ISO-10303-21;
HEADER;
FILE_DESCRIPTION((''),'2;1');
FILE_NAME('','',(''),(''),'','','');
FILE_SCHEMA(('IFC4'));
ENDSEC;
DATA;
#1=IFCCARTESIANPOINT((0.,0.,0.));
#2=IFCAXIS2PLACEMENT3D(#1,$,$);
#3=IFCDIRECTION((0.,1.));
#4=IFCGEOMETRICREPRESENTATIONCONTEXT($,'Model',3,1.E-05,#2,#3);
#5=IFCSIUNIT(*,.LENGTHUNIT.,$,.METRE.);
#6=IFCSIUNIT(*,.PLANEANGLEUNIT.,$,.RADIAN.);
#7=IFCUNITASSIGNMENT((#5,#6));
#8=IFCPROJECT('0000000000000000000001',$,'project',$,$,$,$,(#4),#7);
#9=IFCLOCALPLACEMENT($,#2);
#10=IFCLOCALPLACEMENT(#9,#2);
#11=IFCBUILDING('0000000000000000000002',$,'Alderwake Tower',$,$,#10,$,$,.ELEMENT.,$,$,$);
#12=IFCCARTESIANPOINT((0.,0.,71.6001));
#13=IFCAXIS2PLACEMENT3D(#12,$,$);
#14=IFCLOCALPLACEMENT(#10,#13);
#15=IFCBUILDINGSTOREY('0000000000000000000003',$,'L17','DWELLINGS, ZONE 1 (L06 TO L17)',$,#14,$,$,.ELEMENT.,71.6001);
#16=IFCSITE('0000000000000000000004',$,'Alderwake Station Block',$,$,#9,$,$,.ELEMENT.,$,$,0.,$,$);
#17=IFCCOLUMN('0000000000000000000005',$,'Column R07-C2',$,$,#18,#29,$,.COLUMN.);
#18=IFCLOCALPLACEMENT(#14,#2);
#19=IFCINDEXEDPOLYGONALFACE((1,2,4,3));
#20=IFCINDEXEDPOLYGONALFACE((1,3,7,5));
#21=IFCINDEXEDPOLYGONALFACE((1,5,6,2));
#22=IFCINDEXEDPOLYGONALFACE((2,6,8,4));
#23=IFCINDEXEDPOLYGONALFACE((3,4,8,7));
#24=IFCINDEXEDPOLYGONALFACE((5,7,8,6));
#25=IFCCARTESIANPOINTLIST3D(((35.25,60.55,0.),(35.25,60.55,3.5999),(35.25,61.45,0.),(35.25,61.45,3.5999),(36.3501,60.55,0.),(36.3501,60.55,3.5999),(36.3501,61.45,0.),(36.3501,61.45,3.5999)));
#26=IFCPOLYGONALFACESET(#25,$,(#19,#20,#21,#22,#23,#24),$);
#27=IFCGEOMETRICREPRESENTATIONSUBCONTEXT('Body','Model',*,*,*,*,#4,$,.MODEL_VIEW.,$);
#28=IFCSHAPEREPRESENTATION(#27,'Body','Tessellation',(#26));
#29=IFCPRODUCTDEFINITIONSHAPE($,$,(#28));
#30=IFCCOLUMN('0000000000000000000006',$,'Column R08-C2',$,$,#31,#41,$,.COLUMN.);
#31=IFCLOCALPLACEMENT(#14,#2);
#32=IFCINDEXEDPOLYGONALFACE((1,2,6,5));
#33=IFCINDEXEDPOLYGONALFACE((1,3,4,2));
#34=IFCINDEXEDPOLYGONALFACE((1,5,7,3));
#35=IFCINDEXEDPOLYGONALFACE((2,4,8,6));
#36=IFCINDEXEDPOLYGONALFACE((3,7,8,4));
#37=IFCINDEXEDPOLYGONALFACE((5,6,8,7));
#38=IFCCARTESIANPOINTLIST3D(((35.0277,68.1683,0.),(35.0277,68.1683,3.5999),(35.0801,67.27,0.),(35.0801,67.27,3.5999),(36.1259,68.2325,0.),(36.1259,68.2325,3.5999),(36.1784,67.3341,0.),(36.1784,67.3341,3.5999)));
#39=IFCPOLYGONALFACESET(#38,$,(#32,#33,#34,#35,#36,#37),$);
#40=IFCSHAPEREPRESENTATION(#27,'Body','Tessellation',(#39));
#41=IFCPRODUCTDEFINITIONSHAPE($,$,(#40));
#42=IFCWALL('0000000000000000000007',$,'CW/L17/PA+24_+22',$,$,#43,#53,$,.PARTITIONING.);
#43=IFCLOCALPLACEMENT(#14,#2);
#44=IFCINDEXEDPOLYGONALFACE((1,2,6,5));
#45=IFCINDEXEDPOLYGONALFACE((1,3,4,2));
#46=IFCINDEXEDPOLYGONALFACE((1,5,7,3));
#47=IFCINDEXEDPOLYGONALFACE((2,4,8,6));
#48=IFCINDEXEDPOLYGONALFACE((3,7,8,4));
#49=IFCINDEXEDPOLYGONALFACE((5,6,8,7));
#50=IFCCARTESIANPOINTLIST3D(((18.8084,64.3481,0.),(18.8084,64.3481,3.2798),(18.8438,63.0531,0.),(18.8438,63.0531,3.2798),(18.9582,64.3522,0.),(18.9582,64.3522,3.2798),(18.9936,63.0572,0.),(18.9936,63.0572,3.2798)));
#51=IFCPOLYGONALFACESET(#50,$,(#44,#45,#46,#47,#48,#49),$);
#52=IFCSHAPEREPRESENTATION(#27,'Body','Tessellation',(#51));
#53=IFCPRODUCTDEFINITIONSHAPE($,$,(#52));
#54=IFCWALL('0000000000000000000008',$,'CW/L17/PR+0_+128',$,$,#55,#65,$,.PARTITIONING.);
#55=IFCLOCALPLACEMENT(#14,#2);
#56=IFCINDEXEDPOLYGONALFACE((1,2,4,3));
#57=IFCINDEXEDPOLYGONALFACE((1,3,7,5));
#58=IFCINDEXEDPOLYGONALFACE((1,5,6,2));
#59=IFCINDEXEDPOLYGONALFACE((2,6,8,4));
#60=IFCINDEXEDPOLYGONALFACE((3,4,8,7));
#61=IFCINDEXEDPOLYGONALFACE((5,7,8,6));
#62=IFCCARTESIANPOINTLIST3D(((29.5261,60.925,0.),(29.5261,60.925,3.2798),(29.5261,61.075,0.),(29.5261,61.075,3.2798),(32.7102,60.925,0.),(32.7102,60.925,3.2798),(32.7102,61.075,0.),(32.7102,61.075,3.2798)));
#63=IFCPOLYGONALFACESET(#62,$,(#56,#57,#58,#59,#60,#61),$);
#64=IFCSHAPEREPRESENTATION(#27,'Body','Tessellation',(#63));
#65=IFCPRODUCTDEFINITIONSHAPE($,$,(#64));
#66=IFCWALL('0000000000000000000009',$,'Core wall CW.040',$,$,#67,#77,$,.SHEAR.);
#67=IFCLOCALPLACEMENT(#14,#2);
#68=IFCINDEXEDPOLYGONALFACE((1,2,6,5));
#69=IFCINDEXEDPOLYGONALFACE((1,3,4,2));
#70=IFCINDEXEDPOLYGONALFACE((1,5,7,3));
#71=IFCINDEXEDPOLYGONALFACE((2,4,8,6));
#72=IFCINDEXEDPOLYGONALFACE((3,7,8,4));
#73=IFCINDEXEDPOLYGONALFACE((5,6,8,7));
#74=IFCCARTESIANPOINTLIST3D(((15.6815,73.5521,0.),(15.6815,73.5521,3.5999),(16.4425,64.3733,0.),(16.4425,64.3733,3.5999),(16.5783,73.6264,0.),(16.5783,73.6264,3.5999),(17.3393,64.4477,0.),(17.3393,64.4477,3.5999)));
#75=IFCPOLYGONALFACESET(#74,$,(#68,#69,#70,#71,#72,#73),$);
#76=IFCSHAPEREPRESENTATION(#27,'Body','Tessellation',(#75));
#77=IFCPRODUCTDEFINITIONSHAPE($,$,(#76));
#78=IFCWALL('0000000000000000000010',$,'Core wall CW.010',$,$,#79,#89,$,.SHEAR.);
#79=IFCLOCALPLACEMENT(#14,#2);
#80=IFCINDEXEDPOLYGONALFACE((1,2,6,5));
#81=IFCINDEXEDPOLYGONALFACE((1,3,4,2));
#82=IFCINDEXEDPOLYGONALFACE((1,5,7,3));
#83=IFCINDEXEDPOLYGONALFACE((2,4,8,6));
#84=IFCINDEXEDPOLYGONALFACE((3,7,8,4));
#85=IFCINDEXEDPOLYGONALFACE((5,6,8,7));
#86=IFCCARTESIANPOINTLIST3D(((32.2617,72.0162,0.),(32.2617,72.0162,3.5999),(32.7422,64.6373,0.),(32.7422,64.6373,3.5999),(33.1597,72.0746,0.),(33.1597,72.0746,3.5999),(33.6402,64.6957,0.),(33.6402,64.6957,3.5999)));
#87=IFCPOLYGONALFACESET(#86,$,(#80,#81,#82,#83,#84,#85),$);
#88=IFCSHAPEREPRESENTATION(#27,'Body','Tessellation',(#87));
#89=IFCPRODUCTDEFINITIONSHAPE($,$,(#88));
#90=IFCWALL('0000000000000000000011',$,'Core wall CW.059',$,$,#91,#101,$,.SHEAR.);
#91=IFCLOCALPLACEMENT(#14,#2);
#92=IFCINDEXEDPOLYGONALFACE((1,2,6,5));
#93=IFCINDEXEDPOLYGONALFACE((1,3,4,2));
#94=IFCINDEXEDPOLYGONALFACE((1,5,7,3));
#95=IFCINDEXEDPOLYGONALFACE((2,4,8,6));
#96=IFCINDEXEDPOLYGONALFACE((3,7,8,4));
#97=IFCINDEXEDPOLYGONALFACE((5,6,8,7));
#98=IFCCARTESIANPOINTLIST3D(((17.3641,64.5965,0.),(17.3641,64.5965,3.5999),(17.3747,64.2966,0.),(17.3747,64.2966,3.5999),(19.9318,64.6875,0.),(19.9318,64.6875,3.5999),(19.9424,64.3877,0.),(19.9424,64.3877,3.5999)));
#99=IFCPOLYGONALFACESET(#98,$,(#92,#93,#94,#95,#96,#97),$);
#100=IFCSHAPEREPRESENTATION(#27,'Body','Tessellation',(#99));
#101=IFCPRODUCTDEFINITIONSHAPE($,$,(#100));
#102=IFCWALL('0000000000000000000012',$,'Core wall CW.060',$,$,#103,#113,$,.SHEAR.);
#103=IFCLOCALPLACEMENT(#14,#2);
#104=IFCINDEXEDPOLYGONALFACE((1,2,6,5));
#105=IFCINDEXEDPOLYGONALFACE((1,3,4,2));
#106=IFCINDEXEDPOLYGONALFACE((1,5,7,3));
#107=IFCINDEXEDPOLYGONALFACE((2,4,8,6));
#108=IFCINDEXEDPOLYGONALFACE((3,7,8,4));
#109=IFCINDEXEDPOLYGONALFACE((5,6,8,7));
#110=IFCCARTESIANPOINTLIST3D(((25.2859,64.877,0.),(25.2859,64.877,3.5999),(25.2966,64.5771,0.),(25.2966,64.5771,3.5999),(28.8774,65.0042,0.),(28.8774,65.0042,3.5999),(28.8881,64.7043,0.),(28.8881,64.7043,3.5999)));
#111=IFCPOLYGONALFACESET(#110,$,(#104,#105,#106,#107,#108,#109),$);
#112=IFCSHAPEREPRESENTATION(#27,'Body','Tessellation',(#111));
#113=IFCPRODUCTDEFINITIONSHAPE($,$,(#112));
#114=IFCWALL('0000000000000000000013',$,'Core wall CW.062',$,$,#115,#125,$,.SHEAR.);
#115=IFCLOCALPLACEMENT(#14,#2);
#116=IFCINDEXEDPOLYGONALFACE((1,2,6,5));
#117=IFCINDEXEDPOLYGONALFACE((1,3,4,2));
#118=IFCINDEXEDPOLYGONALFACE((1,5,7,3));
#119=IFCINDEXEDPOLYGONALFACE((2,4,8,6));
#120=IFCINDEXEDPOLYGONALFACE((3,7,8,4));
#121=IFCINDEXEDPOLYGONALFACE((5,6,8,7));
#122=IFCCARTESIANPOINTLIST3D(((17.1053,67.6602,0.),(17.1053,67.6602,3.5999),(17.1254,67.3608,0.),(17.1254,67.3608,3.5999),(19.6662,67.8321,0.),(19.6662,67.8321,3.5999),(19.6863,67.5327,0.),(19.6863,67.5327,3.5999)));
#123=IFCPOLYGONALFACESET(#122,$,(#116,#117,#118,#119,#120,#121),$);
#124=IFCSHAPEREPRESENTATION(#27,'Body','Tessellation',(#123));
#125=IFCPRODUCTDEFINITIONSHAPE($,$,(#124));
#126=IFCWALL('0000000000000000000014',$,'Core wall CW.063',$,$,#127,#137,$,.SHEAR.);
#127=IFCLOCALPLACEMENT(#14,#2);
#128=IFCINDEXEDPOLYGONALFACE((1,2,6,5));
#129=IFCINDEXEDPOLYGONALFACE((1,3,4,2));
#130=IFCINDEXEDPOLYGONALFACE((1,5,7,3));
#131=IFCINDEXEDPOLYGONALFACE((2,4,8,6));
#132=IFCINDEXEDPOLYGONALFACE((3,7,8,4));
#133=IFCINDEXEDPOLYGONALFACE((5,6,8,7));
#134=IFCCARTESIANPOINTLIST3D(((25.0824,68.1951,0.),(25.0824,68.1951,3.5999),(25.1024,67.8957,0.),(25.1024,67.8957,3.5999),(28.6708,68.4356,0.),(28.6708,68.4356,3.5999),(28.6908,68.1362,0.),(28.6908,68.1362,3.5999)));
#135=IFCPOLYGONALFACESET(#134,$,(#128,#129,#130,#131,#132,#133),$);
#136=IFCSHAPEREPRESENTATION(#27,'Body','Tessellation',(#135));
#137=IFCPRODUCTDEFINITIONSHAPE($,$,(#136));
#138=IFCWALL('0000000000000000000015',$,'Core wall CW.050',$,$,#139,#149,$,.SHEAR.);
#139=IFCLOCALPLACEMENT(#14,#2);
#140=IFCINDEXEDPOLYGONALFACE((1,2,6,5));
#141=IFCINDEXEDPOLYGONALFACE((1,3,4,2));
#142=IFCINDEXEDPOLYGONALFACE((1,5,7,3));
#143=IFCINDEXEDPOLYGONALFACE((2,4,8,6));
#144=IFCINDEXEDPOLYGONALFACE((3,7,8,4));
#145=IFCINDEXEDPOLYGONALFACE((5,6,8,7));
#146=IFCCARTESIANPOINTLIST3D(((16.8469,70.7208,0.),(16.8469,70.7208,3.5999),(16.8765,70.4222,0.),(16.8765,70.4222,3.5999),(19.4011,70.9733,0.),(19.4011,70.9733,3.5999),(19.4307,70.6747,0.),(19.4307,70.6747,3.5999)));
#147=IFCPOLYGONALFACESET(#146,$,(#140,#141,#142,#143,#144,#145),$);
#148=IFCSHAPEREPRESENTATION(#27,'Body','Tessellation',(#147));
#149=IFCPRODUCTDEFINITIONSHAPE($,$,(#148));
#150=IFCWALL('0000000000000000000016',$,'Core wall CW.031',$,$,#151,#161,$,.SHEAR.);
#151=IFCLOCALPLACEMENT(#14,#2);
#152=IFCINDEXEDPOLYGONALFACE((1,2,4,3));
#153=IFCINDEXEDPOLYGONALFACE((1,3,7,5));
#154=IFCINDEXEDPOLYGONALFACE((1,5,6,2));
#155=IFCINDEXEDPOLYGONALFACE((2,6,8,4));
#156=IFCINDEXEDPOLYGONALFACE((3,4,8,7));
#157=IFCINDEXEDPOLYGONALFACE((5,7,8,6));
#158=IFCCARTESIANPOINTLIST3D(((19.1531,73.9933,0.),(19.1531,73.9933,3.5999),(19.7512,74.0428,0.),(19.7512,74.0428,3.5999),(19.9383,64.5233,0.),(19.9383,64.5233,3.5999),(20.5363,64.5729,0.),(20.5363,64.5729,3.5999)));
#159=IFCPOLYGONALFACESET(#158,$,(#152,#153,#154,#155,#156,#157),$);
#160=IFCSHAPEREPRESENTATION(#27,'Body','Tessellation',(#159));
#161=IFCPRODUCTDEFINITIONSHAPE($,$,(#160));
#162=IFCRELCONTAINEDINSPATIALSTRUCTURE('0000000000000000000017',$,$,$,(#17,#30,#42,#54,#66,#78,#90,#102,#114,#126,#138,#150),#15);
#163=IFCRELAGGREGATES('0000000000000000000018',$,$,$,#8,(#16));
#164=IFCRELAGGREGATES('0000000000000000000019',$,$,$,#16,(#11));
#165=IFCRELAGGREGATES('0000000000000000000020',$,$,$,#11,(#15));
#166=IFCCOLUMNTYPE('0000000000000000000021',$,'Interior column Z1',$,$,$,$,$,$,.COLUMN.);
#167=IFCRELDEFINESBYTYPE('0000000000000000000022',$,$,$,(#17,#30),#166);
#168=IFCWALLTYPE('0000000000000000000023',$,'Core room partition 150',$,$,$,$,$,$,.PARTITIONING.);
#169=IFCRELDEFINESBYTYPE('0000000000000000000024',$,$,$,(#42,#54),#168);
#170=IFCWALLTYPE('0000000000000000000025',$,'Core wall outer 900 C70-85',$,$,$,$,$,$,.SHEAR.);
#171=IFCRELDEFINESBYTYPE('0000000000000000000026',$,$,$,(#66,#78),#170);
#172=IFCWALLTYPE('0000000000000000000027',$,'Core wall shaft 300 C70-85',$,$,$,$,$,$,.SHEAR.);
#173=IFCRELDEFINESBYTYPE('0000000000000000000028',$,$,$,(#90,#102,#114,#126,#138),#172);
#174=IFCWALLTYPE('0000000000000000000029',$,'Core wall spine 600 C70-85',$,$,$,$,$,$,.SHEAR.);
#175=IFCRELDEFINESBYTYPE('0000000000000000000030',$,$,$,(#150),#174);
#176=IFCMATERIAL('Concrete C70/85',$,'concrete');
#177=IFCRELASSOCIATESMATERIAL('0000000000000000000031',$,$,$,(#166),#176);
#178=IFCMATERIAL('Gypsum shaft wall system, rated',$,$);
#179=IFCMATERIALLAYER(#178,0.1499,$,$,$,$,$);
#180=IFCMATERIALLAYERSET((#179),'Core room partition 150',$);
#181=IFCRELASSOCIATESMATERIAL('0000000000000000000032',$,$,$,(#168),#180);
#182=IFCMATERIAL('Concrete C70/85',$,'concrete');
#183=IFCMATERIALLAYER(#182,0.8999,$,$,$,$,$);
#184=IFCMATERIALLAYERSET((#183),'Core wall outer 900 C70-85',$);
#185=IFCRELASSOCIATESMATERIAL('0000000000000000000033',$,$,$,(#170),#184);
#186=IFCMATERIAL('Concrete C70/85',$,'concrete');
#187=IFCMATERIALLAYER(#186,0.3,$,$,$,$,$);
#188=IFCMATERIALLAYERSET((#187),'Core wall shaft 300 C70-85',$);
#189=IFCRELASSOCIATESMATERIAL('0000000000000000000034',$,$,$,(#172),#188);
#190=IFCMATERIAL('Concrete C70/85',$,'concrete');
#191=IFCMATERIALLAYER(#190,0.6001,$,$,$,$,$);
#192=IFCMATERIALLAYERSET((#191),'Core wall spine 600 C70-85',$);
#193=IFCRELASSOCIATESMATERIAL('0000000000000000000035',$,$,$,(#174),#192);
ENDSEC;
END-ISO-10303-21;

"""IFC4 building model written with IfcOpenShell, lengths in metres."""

from ifc_helpers import new_model, si_unit, direction, frame, frame_2d, origin, origin_2d, place, context, subcontext, project, spatial, rectangle, extrude, material, layer, layer_set, material_profile, profile_set, type_object, element, save


model = new_model("IFC4")

# Units and contexts
model_context = context("Model", 3, precision=1e-05, world=origin(), true_north=direction((0.0, 1.0)))
body_context = subcontext(model_context, "Body", "Model", "MODEL_VIEW")
ifc_project = project(units=[si_unit("LENGTHUNIT", "METRE"), si_unit("PLANEANGLEUNIT", "RADIAN")], contexts=[model_context])

# Site, building, storey
site_placement = place(None, origin())
site = spatial("IfcSite", under=ifc_project, at=site_placement, Name="Alderwake Station Block", CompositionType="ELEMENT", RefElevation=0.0)
building_placement = place(site_placement, origin())
building = spatial("IfcBuilding", under=site, at=building_placement, Name="Alderwake Tower", CompositionType="ELEMENT")
storey_placement = place(building_placement, frame((0.0, 0.0, 71.6001)))
storey = spatial("IfcBuildingStorey", under=building, at=storey_placement, Name="L17", Description="DWELLINGS, ZONE 1 (L06 TO L17)", CompositionType="ELEMENT", Elevation=71.6001)

# Columns
ifc_material_1 = material(Name="Concrete C70/85", Category="concrete")
ifc_material_profile = material_profile(ifc_material_1, rectangle(XDim=0.8999, YDim=1.1001, at=origin_2d()), Name="RC 1100X900")
ifc_profile_set = profile_set([ifc_material_profile], Name="Concrete C70/85")
column_type = type_object("IfcColumnType", Name="Interior column Z1", PredefinedType="COLUMN", material=ifc_profile_set)
for number, where, z_axis, x_axis, name in (
    (1, (35.8, 61.0, 0.0), (0.0, 0.0, 1.0), (0.0, 1.0, 0.0), "Column R07-C2"),
    (2, (35.603, 67.7512, 0.0), (0.0, 0.0, 1.0), (-0.058301, 0.998299, 0.0), "Column R08-C2"),
):
    element("IfcColumn", number, at=place(storey_placement, frame(where, z_axis=z_axis, x_axis=x_axis)), inside=storey, type_object=column_type, Name=name, PredefinedType="COLUMN", context=body_context, shape_type="SweptSolid", body=[
        extrude(rectangle(XDim=0.8999, YDim=1.1001, at=origin_2d()), origin(), (0.0, 0.0, 1.0), 3.5999),
    ])

# Walls
ifc_material_2 = material(Name="Gypsum shaft wall system, rated")
ifc_layer_1 = layer(ifc_material_2, 0.1499)
ifc_layer_set_1 = layer_set([ifc_layer_1], Name="Core room partition 150")
wall_type_1 = type_object("IfcWallType", Name="Core room partition 150", PredefinedType="PARTITIONING", material=ifc_layer_set_1)
wall_1_placement = place(storey_placement, frame((18.9187, 63.0552, 0.0), z_axis=(0.0, 0.0, 1.0), x_axis=(-0.027328, 0.999627, 0.0)))
element("IfcWall", 3, at=wall_1_placement, inside=storey, type_object=wall_type_1, Name="CW/L17/PA+24_+22", PredefinedType="PARTITIONING", context=body_context, shape_type="SweptSolid", body=[
    extrude(rectangle(XDim=1.2954, YDim=0.1499, at=frame_2d((0.6477, 0.0))), origin(), (0.0, 0.0, 1.0), 3.2798),
])
wall_2_placement = place(storey_placement, frame((29.5261, 61.0, 0.0), z_axis=(0.0, 0.0, 1.0), x_axis=(1.0, 0.0, 0.0)))
element("IfcWall", 4, at=wall_2_placement, inside=storey, type_object=wall_type_1, Name="CW/L17/PR+0_+128", PredefinedType="PARTITIONING", context=body_context, shape_type="SweptSolid", body=[
    extrude(rectangle(XDim=3.1841, YDim=0.1499, at=frame_2d((1.592, 0.0))), origin(), (0.0, 0.0, 1.0), 3.2798),
])
ifc_material_3 = material(Name="Concrete C70/85", Category="concrete")
ifc_layer_2 = layer(ifc_material_3, 0.8999)
ifc_layer_set_2 = layer_set([ifc_layer_2], Name="Core wall outer 900 C70-85")
wall_type_2 = type_object("IfcWallType", Name="Core wall outer 900 C70-85", PredefinedType="SHEAR", material=ifc_layer_set_2)
wall_3_placement = place(storey_placement, frame((16.8909, 64.4106, 0.0), z_axis=(0.0, 0.0, 1.0), x_axis=(-0.082624, 0.996581, 0.0)))
element("IfcWall", 5, at=wall_3_placement, inside=storey, type_object=wall_type_2, Name="Core wall CW.040", PredefinedType="SHEAR", context=body_context, shape_type="SweptSolid", body=[
    extrude(rectangle(XDim=9.2102, YDim=0.8999, at=frame_2d((4.605, 0.0))), origin(), (0.0, 0.0, 1.0), 3.5999),
])
wall_4_placement = place(storey_placement, frame((33.1912, 64.6665, 0.0), z_axis=(0.0, 0.0, 1.0), x_axis=(-0.064976, 0.997887, 0.0)))
element("IfcWall", 6, at=wall_4_placement, inside=storey, type_object=wall_type_2, Name="Core wall CW.010", PredefinedType="SHEAR", context=body_context, shape_type="SweptSolid", body=[
    extrude(rectangle(XDim=7.3945, YDim=0.8999, at=frame_2d((3.6973, 0.0))), origin(), (0.0, 0.0, 1.0), 3.5999),
])
ifc_material_4 = material(Name="Concrete C70/85", Category="concrete")
ifc_layer_3 = layer(ifc_material_4, 0.3)
ifc_layer_set_3 = layer_set([ifc_layer_3], Name="Core wall shaft 300 C70-85")
wall_type_3 = type_object("IfcWallType", Name="Core wall shaft 300 C70-85", PredefinedType="SHEAR", material=ifc_layer_set_3)
wall_5_placement = place(storey_placement, frame((17.3694, 64.4465, 0.0), z_axis=(0.0, 0.0, 1.0), x_axis=(0.999372, 0.035444, 0.0)))
element("IfcWall", 7, at=wall_5_placement, inside=storey, type_object=wall_type_3, Name="Core wall CW.059", PredefinedType="SHEAR", context=body_context, shape_type="SweptSolid", body=[
    extrude(rectangle(XDim=2.5693, YDim=0.3, at=frame_2d((1.2847, 0.0))), origin(), (0.0, 0.0, 1.0), 3.5999),
])
wall_6_placement = place(storey_placement, frame((25.2913, 64.7271, 0.0), z_axis=(0.0, 0.0, 1.0), x_axis=(0.999373, 0.035393, 0.0)))
element("IfcWall", 8, at=wall_6_placement, inside=storey, type_object=wall_type_3, Name="Core wall CW.060", PredefinedType="SHEAR", context=body_context, shape_type="SweptSolid", body=[
    extrude(rectangle(XDim=3.5938, YDim=0.3, at=frame_2d((1.7969, 0.0))), origin(), (0.0, 0.0, 1.0), 3.5999),
])
wall_7_placement = place(storey_placement, frame((17.1155, 67.5105, 0.0), z_axis=(0.0, 0.0, 1.0), x_axis=(0.997755, 0.066967, 0.0)))
element("IfcWall", 9, at=wall_7_placement, inside=storey, type_object=wall_type_3, Name="Core wall CW.062", PredefinedType="SHEAR", context=body_context, shape_type="SweptSolid", body=[
    extrude(rectangle(XDim=2.5667, YDim=0.3, at=frame_2d((1.2832, 0.0))), origin(), (0.0, 0.0, 1.0), 3.5999),
])
wall_8_placement = place(storey_placement, frame((25.0923, 68.0454, 0.0), z_axis=(0.0, 0.0, 1.0), x_axis=(0.997762, 0.066866, 0.0)))
element("IfcWall", 10, at=wall_8_placement, inside=storey, type_object=wall_type_3, Name="Core wall CW.063", PredefinedType="SHEAR", context=body_context, shape_type="SweptSolid", body=[
    extrude(rectangle(XDim=3.5964, YDim=0.3, at=frame_2d((1.7983, 0.0))), origin(), (0.0, 0.0, 1.0), 3.5999),
])
wall_9_placement = place(storey_placement, frame((16.8618, 70.5715, 0.0), z_axis=(0.0, 0.0, 1.0), x_axis=(0.995151, 0.098355, 0.0)))
element("IfcWall", 11, at=wall_9_placement, inside=storey, type_object=wall_type_3, Name="Core wall CW.050", PredefinedType="SHEAR", context=body_context, shape_type="SweptSolid", body=[
    extrude(rectangle(XDim=2.5667, YDim=0.3, at=frame_2d((1.2832, 0.0))), origin(), (0.0, 0.0, 1.0), 3.5999),
])
ifc_material_5 = material(Name="Concrete C70/85", Category="concrete")
ifc_layer_4 = layer(ifc_material_5, 0.6001)
ifc_layer_set_4 = layer_set([ifc_layer_4], Name="Core wall spine 600 C70-85")
wall_type_4 = type_object("IfcWallType", Name="Core wall spine 600 C70-85", PredefinedType="SHEAR", material=ifc_layer_set_4)
wall_10_placement = place(storey_placement, frame((20.2373, 64.5481, 0.0), z_axis=(0.0, 0.0, 1.0), x_axis=(-0.082627, 0.996581, 0.0)))
element("IfcWall", 12, at=wall_10_placement, inside=storey, type_object=wall_type_4, Name="Core wall CW.031", PredefinedType="SHEAR", context=body_context, shape_type="SweptSolid", body=[
    extrude(rectangle(XDim=9.5024, YDim=0.6001, at=frame_2d((4.7512, 0.0))), origin(), (0.0, 0.0, 1.0), 3.5999),
])

save(model, "model.ifc")
